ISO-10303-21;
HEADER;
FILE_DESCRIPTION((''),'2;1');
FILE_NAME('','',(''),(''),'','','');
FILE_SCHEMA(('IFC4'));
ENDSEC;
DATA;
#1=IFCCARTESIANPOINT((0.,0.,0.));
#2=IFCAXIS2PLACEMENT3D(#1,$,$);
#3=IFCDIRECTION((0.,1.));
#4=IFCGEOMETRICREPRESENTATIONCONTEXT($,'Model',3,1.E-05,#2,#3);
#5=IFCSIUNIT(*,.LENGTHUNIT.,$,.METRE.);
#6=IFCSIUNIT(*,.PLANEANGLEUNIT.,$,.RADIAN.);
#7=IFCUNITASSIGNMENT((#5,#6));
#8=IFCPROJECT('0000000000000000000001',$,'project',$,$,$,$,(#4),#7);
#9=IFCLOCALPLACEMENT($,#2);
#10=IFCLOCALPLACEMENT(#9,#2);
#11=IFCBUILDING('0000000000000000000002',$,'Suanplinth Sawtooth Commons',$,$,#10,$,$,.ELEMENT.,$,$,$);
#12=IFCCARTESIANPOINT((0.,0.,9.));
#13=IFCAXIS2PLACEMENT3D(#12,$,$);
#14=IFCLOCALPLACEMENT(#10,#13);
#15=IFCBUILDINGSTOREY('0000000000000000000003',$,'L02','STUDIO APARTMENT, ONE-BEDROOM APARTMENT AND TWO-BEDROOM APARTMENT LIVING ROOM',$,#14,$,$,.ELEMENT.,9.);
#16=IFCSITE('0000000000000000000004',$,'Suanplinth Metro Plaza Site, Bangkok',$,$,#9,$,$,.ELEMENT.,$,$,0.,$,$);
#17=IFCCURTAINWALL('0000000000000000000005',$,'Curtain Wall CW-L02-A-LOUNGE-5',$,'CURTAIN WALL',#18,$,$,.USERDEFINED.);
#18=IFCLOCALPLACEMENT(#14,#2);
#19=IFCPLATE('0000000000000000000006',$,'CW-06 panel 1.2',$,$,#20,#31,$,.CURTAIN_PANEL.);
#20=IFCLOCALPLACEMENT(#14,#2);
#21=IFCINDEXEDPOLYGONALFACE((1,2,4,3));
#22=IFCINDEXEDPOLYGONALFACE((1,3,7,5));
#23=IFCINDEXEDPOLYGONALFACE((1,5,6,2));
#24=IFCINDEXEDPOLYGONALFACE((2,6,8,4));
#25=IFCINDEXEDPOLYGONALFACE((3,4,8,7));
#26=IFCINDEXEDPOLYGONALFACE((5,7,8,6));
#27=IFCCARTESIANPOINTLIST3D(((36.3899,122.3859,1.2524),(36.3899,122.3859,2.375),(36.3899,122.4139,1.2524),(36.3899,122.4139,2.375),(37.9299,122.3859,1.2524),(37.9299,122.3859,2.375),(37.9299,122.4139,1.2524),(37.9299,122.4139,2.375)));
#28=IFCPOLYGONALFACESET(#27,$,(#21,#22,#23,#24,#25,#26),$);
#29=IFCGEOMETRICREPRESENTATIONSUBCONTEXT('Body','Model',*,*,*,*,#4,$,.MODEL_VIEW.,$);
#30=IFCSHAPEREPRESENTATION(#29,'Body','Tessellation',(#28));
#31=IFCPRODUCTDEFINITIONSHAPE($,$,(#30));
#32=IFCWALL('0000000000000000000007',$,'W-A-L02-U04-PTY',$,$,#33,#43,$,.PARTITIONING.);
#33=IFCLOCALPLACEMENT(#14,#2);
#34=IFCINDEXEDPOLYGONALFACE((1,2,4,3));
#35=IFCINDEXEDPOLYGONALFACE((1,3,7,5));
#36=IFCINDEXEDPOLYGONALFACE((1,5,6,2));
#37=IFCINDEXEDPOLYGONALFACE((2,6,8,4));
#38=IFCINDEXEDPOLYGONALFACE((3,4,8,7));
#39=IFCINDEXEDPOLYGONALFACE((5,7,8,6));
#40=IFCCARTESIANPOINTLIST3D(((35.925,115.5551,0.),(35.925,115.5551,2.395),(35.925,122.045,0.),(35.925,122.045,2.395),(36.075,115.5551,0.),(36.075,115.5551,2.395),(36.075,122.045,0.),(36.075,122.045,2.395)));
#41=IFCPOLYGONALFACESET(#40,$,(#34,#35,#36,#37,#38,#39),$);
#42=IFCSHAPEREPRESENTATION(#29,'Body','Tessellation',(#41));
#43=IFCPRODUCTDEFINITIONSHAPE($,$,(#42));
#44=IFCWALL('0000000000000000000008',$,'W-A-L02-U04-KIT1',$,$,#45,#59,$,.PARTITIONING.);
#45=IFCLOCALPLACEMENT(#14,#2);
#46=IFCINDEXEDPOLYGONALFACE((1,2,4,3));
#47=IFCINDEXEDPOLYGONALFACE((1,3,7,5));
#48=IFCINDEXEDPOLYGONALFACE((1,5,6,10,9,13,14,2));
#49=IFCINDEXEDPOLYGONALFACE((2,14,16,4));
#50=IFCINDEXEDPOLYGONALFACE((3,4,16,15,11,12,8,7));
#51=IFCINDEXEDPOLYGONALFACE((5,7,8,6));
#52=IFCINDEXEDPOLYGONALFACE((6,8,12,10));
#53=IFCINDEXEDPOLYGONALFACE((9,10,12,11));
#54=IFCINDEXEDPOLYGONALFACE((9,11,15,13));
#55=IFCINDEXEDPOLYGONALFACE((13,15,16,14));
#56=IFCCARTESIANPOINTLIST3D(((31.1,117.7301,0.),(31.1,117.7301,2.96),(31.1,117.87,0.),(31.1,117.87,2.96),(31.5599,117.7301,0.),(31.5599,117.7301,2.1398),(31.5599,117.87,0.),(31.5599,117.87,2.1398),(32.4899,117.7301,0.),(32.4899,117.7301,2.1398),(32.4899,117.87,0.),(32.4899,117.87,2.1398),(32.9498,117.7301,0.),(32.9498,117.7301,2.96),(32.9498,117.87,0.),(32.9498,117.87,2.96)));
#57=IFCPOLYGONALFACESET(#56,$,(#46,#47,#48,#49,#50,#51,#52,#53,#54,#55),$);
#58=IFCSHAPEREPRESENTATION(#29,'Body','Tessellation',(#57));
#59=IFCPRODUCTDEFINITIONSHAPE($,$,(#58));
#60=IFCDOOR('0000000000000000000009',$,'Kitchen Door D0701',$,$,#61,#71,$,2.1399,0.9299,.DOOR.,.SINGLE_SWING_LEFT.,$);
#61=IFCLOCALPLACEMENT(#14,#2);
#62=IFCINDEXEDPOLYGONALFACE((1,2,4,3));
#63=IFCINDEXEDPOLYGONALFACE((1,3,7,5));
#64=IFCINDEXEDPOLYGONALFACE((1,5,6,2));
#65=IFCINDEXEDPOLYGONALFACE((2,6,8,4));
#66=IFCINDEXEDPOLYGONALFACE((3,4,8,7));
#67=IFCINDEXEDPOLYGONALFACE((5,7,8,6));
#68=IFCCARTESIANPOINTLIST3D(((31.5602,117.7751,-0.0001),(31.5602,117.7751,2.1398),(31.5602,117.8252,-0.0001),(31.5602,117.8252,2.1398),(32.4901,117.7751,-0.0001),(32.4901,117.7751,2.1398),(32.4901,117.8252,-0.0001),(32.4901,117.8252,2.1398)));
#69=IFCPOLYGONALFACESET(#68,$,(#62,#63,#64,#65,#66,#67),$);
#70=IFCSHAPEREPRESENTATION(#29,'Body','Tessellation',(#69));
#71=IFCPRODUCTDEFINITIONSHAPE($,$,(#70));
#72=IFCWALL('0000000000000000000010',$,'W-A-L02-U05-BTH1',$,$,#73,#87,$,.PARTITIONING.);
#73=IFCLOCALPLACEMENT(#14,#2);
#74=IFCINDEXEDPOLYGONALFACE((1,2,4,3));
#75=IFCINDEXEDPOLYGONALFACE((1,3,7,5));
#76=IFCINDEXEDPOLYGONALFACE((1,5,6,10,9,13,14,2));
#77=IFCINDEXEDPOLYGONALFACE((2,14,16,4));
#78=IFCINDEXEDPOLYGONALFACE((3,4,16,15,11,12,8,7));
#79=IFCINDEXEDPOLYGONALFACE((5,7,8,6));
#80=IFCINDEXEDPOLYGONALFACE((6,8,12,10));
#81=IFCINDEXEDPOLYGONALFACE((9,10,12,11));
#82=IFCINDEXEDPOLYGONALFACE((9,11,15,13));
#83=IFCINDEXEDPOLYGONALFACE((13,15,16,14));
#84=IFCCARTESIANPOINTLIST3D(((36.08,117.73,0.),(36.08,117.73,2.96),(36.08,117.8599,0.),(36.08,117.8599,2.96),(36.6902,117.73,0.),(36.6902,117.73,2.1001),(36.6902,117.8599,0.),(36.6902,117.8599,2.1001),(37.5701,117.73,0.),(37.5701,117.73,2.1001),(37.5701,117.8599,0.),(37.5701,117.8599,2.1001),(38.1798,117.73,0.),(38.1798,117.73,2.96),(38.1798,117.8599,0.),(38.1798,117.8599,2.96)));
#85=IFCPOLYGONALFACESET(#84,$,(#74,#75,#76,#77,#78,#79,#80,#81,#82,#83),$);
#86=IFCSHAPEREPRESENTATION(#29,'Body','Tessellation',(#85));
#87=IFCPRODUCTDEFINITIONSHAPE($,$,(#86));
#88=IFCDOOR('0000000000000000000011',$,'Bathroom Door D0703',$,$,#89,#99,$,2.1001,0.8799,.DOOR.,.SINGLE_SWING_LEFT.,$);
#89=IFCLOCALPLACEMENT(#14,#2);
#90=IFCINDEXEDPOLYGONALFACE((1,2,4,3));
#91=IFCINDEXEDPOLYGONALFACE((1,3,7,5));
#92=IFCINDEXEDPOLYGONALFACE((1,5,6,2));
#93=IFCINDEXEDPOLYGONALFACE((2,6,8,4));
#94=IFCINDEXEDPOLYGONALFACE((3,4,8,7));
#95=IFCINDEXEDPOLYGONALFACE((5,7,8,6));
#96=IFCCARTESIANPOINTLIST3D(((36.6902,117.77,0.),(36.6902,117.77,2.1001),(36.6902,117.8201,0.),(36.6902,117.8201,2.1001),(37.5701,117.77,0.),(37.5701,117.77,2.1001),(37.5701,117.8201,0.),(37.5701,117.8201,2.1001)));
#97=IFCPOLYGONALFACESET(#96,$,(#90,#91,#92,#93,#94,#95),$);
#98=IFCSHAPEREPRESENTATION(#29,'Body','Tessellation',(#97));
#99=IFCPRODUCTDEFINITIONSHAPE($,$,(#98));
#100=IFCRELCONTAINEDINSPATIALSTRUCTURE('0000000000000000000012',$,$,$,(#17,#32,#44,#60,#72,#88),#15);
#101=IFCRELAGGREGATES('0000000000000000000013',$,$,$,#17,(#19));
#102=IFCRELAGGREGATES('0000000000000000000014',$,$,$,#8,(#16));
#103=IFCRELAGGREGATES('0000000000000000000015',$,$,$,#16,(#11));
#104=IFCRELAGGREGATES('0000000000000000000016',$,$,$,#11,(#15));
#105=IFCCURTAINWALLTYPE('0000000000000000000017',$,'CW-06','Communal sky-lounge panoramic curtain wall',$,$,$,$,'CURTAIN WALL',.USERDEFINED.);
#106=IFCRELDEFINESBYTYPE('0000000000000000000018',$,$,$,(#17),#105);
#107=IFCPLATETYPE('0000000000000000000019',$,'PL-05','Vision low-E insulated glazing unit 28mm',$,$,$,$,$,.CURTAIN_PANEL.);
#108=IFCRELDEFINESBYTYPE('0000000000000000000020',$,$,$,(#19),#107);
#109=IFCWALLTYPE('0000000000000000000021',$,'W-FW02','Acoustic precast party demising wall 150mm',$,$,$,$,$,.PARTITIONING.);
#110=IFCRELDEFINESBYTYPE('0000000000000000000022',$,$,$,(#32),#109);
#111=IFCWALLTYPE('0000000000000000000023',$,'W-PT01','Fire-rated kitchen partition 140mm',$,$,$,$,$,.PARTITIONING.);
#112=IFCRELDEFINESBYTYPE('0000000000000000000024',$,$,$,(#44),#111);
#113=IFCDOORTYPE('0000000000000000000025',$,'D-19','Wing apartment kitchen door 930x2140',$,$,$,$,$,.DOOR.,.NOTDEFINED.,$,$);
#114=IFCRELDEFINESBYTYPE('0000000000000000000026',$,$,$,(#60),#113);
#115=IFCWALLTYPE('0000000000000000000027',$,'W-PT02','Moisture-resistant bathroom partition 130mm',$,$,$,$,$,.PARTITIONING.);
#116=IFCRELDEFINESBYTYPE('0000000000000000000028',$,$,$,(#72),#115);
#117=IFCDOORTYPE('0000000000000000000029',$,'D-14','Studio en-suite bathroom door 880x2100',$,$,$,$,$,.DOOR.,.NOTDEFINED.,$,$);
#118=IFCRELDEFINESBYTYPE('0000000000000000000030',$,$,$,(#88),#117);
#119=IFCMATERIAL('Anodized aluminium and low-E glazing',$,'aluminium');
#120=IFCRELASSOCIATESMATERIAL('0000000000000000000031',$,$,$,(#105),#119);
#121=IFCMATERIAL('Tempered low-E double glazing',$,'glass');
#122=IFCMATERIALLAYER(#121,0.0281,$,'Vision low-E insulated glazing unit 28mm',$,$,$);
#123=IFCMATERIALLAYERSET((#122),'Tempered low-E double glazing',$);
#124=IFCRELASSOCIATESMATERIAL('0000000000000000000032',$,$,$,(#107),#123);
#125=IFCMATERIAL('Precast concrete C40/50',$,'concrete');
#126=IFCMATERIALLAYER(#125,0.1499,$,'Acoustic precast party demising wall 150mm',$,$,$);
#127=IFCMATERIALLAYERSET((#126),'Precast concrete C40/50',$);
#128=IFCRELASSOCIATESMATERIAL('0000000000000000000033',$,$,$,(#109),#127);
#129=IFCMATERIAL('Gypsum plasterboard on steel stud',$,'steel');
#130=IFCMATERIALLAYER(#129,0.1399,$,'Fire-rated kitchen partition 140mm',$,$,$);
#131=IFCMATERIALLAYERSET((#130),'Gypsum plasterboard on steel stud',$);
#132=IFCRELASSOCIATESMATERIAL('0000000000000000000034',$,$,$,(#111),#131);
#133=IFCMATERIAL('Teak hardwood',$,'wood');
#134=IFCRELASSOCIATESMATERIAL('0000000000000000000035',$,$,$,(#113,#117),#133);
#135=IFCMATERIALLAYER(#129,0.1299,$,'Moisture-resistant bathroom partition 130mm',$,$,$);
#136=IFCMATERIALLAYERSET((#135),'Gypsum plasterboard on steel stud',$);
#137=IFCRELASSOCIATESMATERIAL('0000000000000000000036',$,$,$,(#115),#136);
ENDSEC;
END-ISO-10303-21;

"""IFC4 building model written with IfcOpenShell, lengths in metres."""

from ifc_helpers import new_model, si_unit, direction, frame, frame_2d, origin, origin_2d, place, context, subcontext, project, spatial, rectangle, extrude, material, layer, layer_set, type_object, element, fill, aggregate, save


model = new_model("IFC4")

# Units and contexts
model_context = context("Model", 3, precision=1e-05, world=origin(), true_north=direction((0.0, 1.0)))
body_context = subcontext(model_context, "Body", "Model", "MODEL_VIEW")
ifc_project = project(units=[si_unit("LENGTHUNIT", "METRE"), si_unit("PLANEANGLEUNIT", "RADIAN")], contexts=[model_context])

# Site, building, storey
site_placement = place(None, origin())
site = spatial("IfcSite", under=ifc_project, at=site_placement, Name="Suanplinth Metro Plaza Site, Bangkok", CompositionType="ELEMENT", RefElevation=0.0)
building_placement = place(site_placement, origin())
building = spatial("IfcBuilding", under=site, at=building_placement, Name="Suanplinth Sawtooth Commons", CompositionType="ELEMENT")
storey_placement = place(building_placement, frame((0.0, 0.0, 9.0)))
storey = spatial("IfcBuildingStorey", under=building, at=storey_placement, Name="L02", Description="STUDIO APARTMENT, ONE-BEDROOM APARTMENT AND TWO-BEDROOM APARTMENT LIVING ROOM", CompositionType="ELEMENT", Elevation=9.0)

# Shared definitions
ifc_material_1 = material(Name="Precast concrete C40/50", Category="concrete")

# Curtain wall, plate
ifc_material_2 = material(Name="Anodized aluminium and low-E glazing", Category="aluminium")
curtain_wall_type = type_object("IfcCurtainWallType", Name="CW-06", Description="Communal sky-lounge panoramic curtain wall", ElementType="CURTAIN WALL", PredefinedType="USERDEFINED", material=ifc_material_2)
curtain_wall_placement = place(storey_placement, origin())
curtain_wall = element("IfcCurtainWall", 1, at=curtain_wall_placement, inside=storey, type_object=curtain_wall_type, Name="Curtain Wall CW-L02-A-LOUNGE-5", ObjectType="CURTAIN WALL", PredefinedType="USERDEFINED")
ifc_material_3 = material(Name="Tempered low-E double glazing", Category="glass")
ifc_layer_1 = layer(ifc_material_3, 0.0281, Name="Vision low-E insulated glazing unit 28mm")
ifc_layer_set_1 = layer_set([ifc_layer_1], Name="Tempered low-E double glazing")
plate_type = type_object("IfcPlateType", Name="PL-05", Description="Vision low-E insulated glazing unit 28mm", PredefinedType="CURTAIN_PANEL", material=ifc_layer_set_1)
plate_1_placement = place(storey_placement, frame((37.1599, 122.3999, 1.2524), z_axis=(0.0, 0.0, 1.0), x_axis=(1.0, 0.0, 0.0)))
plate_1 = element("IfcPlate", 2, at=plate_1_placement, type_object=plate_type, Name="CW-06 panel 1.2", PredefinedType="CURTAIN_PANEL", context=body_context, shape_type="SweptSolid", body=[
    extrude(rectangle(XDim=1.54, YDim=0.0281, at=origin_2d()), origin(), (0.0, 0.0, 1.0), 1.1226),
])
aggregate(curtain_wall, [plate_1])

# Wall
ifc_layer_2 = layer(ifc_material_1, 0.1499, Name="Acoustic precast party demising wall 150mm")
ifc_layer_set_2 = layer_set([ifc_layer_2], Name="Precast concrete C40/50")
wall_type_1 = type_object("IfcWallType", Name="W-FW02", Description="Acoustic precast party demising wall 150mm", PredefinedType="PARTITIONING", material=ifc_layer_set_2)
wall_1_placement = place(storey_placement, frame((36.0, 115.5549, 0.0), z_axis=(0.0, 0.0, 1.0), x_axis=(0.0, 1.0, 0.0)))
element("IfcWall", 3, at=wall_1_placement, inside=storey, type_object=wall_type_1, Name="W-A-L02-U04-PTY", PredefinedType="PARTITIONING", context=body_context, shape_type="SweptSolid", body=[
    extrude(rectangle(XDim=6.49, YDim=0.1499, at=frame_2d((3.2451, 0.0))), origin(), (0.0, 0.0, 1.0), 2.395),
])

# Walls, openings, doors
ifc_material_4 = material(Name="Gypsum plasterboard on steel stud", Category="steel")
ifc_layer_3 = layer(ifc_material_4, 0.1399, Name="Fire-rated kitchen partition 140mm")
ifc_layer_set_3 = layer_set([ifc_layer_3], Name="Gypsum plasterboard on steel stud")
wall_type_2 = type_object("IfcWallType", Name="W-PT01", Description="Fire-rated kitchen partition 140mm", PredefinedType="PARTITIONING", material=ifc_layer_set_3)
wall_2_placement = place(storey_placement, frame((31.1001, 117.8, 0.0), z_axis=(0.0, 0.0, 1.0), x_axis=(1.0, 0.0, 0.0)))
wall_2 = element("IfcWall", 4, at=wall_2_placement, inside=storey, type_object=wall_type_2, Name="W-A-L02-U04-KIT1", PredefinedType="PARTITIONING", context=body_context, shape_type="SweptSolid", body=[
    extrude(rectangle(XDim=1.8499, YDim=0.1399, at=frame_2d((0.9248, 0.0))), origin(), (0.0, 0.0, 1.0), 2.96),
])
opening_1_placement = place(wall_2_placement, frame((0.46, 0.0, 0.0)))
opening_1 = element("IfcOpeningElement", 5, at=opening_1_placement, cuts=wall_2, PredefinedType="OPENING", context=body_context, shape_type="SweptSolid", body=[
    extrude(rectangle(XDim=0.9299, YDim=2.1399, at=frame_2d((0.4648, 1.0698))), frame((0.0, 0.085, 0.0), z_axis=(0.0, -1.0, 0.0), x_axis=(1.0, 0.0, 0.0)), (0.0, 0.0, 1.0), 0.1697),
])
ifc_material_5 = material(Name="Teak hardwood", Category="wood")
door_type_1 = type_object("IfcDoorType", Name="D-19", Description="Wing apartment kitchen door 930x2140", OperationType="NOTDEFINED", PredefinedType="DOOR", material=ifc_material_5)
door_1_placement = place(opening_1_placement, frame((0.9299, 0.0, 0.0), z_axis=(0.0, 0.0, 1.0), x_axis=(-1.0, 0.0, 0.0)))
door_1 = element("IfcDoor", 6, at=door_1_placement, inside=storey, type_object=door_type_1, Name="Kitchen Door D0701", OperationType="SINGLE_SWING_LEFT", OverallHeight=2.1399, OverallWidth=0.9299, PredefinedType="DOOR", context=body_context, shape_type="SweptSolid", body=[
    extrude(rectangle(XDim=0.9299, YDim=2.1399, at=frame_2d((0.4648, 1.0698))), frame((0.0, 0.0249, 0.0), z_axis=(0.0, -1.0, 0.0), x_axis=(1.0, 0.0, 0.0)), (0.0, 0.0, 1.0), 0.05),
])
fill(opening_1, door_1)
ifc_layer_4 = layer(ifc_material_4, 0.1299, Name="Moisture-resistant bathroom partition 130mm")
ifc_layer_set_4 = layer_set([ifc_layer_4], Name="Gypsum plasterboard on steel stud")
wall_type_3 = type_object("IfcWallType", Name="W-PT02", Description="Moisture-resistant bathroom partition 130mm", PredefinedType="PARTITIONING", material=ifc_layer_set_4)
wall_3_placement = place(storey_placement, frame((36.0801, 117.7949, 0.0), z_axis=(0.0, 0.0, 1.0), x_axis=(1.0, 0.0, 0.0)))
wall_3 = element("IfcWall", 7, at=wall_3_placement, inside=storey, type_object=wall_type_3, Name="W-A-L02-U05-BTH1", PredefinedType="PARTITIONING", context=body_context, shape_type="SweptSolid", body=[
    extrude(rectangle(XDim=2.0999, YDim=0.1299, at=frame_2d((1.0498, 0.0))), origin(), (0.0, 0.0, 1.0), 2.96),
])
opening_2_placement = place(wall_3_placement, frame((0.6101, 0.0, 0.0)))
opening_2 = element("IfcOpeningElement", 8, at=opening_2_placement, cuts=wall_3, PredefinedType="OPENING", context=body_context, shape_type="SweptSolid", body=[
    extrude(rectangle(XDim=0.8799, YDim=2.1001, at=frame_2d((0.4399, 1.05))), frame((0.0, 0.0798, 0.0), z_axis=(0.0, -1.0, 0.0), x_axis=(1.0, 0.0, 0.0)), (0.0, 0.0, 1.0), 0.1597),
])
door_type_2 = type_object("IfcDoorType", Name="D-14", Description="Studio en-suite bathroom door 880x2100", OperationType="NOTDEFINED", PredefinedType="DOOR", material=ifc_material_5)
door_2_placement = place(opening_2_placement, frame((0.8799, 0.0, 0.0), z_axis=(0.0, 0.0, 1.0), x_axis=(-1.0, 0.0, 0.0)))
door_2 = element("IfcDoor", 9, at=door_2_placement, inside=storey, type_object=door_type_2, Name="Bathroom Door D0703", OperationType="SINGLE_SWING_LEFT", OverallHeight=2.1001, OverallWidth=0.8799, PredefinedType="DOOR", context=body_context, shape_type="SweptSolid", body=[
    extrude(rectangle(XDim=0.8799, YDim=2.1001, at=frame_2d((0.4399, 1.05))), frame((0.0, 0.0249, 0.0), z_axis=(0.0, -1.0, 0.0), x_axis=(1.0, 0.0, 0.0)), (0.0, 0.0, 1.0), 0.05),
])
fill(opening_2, door_2)

save(model, "model.ifc")
